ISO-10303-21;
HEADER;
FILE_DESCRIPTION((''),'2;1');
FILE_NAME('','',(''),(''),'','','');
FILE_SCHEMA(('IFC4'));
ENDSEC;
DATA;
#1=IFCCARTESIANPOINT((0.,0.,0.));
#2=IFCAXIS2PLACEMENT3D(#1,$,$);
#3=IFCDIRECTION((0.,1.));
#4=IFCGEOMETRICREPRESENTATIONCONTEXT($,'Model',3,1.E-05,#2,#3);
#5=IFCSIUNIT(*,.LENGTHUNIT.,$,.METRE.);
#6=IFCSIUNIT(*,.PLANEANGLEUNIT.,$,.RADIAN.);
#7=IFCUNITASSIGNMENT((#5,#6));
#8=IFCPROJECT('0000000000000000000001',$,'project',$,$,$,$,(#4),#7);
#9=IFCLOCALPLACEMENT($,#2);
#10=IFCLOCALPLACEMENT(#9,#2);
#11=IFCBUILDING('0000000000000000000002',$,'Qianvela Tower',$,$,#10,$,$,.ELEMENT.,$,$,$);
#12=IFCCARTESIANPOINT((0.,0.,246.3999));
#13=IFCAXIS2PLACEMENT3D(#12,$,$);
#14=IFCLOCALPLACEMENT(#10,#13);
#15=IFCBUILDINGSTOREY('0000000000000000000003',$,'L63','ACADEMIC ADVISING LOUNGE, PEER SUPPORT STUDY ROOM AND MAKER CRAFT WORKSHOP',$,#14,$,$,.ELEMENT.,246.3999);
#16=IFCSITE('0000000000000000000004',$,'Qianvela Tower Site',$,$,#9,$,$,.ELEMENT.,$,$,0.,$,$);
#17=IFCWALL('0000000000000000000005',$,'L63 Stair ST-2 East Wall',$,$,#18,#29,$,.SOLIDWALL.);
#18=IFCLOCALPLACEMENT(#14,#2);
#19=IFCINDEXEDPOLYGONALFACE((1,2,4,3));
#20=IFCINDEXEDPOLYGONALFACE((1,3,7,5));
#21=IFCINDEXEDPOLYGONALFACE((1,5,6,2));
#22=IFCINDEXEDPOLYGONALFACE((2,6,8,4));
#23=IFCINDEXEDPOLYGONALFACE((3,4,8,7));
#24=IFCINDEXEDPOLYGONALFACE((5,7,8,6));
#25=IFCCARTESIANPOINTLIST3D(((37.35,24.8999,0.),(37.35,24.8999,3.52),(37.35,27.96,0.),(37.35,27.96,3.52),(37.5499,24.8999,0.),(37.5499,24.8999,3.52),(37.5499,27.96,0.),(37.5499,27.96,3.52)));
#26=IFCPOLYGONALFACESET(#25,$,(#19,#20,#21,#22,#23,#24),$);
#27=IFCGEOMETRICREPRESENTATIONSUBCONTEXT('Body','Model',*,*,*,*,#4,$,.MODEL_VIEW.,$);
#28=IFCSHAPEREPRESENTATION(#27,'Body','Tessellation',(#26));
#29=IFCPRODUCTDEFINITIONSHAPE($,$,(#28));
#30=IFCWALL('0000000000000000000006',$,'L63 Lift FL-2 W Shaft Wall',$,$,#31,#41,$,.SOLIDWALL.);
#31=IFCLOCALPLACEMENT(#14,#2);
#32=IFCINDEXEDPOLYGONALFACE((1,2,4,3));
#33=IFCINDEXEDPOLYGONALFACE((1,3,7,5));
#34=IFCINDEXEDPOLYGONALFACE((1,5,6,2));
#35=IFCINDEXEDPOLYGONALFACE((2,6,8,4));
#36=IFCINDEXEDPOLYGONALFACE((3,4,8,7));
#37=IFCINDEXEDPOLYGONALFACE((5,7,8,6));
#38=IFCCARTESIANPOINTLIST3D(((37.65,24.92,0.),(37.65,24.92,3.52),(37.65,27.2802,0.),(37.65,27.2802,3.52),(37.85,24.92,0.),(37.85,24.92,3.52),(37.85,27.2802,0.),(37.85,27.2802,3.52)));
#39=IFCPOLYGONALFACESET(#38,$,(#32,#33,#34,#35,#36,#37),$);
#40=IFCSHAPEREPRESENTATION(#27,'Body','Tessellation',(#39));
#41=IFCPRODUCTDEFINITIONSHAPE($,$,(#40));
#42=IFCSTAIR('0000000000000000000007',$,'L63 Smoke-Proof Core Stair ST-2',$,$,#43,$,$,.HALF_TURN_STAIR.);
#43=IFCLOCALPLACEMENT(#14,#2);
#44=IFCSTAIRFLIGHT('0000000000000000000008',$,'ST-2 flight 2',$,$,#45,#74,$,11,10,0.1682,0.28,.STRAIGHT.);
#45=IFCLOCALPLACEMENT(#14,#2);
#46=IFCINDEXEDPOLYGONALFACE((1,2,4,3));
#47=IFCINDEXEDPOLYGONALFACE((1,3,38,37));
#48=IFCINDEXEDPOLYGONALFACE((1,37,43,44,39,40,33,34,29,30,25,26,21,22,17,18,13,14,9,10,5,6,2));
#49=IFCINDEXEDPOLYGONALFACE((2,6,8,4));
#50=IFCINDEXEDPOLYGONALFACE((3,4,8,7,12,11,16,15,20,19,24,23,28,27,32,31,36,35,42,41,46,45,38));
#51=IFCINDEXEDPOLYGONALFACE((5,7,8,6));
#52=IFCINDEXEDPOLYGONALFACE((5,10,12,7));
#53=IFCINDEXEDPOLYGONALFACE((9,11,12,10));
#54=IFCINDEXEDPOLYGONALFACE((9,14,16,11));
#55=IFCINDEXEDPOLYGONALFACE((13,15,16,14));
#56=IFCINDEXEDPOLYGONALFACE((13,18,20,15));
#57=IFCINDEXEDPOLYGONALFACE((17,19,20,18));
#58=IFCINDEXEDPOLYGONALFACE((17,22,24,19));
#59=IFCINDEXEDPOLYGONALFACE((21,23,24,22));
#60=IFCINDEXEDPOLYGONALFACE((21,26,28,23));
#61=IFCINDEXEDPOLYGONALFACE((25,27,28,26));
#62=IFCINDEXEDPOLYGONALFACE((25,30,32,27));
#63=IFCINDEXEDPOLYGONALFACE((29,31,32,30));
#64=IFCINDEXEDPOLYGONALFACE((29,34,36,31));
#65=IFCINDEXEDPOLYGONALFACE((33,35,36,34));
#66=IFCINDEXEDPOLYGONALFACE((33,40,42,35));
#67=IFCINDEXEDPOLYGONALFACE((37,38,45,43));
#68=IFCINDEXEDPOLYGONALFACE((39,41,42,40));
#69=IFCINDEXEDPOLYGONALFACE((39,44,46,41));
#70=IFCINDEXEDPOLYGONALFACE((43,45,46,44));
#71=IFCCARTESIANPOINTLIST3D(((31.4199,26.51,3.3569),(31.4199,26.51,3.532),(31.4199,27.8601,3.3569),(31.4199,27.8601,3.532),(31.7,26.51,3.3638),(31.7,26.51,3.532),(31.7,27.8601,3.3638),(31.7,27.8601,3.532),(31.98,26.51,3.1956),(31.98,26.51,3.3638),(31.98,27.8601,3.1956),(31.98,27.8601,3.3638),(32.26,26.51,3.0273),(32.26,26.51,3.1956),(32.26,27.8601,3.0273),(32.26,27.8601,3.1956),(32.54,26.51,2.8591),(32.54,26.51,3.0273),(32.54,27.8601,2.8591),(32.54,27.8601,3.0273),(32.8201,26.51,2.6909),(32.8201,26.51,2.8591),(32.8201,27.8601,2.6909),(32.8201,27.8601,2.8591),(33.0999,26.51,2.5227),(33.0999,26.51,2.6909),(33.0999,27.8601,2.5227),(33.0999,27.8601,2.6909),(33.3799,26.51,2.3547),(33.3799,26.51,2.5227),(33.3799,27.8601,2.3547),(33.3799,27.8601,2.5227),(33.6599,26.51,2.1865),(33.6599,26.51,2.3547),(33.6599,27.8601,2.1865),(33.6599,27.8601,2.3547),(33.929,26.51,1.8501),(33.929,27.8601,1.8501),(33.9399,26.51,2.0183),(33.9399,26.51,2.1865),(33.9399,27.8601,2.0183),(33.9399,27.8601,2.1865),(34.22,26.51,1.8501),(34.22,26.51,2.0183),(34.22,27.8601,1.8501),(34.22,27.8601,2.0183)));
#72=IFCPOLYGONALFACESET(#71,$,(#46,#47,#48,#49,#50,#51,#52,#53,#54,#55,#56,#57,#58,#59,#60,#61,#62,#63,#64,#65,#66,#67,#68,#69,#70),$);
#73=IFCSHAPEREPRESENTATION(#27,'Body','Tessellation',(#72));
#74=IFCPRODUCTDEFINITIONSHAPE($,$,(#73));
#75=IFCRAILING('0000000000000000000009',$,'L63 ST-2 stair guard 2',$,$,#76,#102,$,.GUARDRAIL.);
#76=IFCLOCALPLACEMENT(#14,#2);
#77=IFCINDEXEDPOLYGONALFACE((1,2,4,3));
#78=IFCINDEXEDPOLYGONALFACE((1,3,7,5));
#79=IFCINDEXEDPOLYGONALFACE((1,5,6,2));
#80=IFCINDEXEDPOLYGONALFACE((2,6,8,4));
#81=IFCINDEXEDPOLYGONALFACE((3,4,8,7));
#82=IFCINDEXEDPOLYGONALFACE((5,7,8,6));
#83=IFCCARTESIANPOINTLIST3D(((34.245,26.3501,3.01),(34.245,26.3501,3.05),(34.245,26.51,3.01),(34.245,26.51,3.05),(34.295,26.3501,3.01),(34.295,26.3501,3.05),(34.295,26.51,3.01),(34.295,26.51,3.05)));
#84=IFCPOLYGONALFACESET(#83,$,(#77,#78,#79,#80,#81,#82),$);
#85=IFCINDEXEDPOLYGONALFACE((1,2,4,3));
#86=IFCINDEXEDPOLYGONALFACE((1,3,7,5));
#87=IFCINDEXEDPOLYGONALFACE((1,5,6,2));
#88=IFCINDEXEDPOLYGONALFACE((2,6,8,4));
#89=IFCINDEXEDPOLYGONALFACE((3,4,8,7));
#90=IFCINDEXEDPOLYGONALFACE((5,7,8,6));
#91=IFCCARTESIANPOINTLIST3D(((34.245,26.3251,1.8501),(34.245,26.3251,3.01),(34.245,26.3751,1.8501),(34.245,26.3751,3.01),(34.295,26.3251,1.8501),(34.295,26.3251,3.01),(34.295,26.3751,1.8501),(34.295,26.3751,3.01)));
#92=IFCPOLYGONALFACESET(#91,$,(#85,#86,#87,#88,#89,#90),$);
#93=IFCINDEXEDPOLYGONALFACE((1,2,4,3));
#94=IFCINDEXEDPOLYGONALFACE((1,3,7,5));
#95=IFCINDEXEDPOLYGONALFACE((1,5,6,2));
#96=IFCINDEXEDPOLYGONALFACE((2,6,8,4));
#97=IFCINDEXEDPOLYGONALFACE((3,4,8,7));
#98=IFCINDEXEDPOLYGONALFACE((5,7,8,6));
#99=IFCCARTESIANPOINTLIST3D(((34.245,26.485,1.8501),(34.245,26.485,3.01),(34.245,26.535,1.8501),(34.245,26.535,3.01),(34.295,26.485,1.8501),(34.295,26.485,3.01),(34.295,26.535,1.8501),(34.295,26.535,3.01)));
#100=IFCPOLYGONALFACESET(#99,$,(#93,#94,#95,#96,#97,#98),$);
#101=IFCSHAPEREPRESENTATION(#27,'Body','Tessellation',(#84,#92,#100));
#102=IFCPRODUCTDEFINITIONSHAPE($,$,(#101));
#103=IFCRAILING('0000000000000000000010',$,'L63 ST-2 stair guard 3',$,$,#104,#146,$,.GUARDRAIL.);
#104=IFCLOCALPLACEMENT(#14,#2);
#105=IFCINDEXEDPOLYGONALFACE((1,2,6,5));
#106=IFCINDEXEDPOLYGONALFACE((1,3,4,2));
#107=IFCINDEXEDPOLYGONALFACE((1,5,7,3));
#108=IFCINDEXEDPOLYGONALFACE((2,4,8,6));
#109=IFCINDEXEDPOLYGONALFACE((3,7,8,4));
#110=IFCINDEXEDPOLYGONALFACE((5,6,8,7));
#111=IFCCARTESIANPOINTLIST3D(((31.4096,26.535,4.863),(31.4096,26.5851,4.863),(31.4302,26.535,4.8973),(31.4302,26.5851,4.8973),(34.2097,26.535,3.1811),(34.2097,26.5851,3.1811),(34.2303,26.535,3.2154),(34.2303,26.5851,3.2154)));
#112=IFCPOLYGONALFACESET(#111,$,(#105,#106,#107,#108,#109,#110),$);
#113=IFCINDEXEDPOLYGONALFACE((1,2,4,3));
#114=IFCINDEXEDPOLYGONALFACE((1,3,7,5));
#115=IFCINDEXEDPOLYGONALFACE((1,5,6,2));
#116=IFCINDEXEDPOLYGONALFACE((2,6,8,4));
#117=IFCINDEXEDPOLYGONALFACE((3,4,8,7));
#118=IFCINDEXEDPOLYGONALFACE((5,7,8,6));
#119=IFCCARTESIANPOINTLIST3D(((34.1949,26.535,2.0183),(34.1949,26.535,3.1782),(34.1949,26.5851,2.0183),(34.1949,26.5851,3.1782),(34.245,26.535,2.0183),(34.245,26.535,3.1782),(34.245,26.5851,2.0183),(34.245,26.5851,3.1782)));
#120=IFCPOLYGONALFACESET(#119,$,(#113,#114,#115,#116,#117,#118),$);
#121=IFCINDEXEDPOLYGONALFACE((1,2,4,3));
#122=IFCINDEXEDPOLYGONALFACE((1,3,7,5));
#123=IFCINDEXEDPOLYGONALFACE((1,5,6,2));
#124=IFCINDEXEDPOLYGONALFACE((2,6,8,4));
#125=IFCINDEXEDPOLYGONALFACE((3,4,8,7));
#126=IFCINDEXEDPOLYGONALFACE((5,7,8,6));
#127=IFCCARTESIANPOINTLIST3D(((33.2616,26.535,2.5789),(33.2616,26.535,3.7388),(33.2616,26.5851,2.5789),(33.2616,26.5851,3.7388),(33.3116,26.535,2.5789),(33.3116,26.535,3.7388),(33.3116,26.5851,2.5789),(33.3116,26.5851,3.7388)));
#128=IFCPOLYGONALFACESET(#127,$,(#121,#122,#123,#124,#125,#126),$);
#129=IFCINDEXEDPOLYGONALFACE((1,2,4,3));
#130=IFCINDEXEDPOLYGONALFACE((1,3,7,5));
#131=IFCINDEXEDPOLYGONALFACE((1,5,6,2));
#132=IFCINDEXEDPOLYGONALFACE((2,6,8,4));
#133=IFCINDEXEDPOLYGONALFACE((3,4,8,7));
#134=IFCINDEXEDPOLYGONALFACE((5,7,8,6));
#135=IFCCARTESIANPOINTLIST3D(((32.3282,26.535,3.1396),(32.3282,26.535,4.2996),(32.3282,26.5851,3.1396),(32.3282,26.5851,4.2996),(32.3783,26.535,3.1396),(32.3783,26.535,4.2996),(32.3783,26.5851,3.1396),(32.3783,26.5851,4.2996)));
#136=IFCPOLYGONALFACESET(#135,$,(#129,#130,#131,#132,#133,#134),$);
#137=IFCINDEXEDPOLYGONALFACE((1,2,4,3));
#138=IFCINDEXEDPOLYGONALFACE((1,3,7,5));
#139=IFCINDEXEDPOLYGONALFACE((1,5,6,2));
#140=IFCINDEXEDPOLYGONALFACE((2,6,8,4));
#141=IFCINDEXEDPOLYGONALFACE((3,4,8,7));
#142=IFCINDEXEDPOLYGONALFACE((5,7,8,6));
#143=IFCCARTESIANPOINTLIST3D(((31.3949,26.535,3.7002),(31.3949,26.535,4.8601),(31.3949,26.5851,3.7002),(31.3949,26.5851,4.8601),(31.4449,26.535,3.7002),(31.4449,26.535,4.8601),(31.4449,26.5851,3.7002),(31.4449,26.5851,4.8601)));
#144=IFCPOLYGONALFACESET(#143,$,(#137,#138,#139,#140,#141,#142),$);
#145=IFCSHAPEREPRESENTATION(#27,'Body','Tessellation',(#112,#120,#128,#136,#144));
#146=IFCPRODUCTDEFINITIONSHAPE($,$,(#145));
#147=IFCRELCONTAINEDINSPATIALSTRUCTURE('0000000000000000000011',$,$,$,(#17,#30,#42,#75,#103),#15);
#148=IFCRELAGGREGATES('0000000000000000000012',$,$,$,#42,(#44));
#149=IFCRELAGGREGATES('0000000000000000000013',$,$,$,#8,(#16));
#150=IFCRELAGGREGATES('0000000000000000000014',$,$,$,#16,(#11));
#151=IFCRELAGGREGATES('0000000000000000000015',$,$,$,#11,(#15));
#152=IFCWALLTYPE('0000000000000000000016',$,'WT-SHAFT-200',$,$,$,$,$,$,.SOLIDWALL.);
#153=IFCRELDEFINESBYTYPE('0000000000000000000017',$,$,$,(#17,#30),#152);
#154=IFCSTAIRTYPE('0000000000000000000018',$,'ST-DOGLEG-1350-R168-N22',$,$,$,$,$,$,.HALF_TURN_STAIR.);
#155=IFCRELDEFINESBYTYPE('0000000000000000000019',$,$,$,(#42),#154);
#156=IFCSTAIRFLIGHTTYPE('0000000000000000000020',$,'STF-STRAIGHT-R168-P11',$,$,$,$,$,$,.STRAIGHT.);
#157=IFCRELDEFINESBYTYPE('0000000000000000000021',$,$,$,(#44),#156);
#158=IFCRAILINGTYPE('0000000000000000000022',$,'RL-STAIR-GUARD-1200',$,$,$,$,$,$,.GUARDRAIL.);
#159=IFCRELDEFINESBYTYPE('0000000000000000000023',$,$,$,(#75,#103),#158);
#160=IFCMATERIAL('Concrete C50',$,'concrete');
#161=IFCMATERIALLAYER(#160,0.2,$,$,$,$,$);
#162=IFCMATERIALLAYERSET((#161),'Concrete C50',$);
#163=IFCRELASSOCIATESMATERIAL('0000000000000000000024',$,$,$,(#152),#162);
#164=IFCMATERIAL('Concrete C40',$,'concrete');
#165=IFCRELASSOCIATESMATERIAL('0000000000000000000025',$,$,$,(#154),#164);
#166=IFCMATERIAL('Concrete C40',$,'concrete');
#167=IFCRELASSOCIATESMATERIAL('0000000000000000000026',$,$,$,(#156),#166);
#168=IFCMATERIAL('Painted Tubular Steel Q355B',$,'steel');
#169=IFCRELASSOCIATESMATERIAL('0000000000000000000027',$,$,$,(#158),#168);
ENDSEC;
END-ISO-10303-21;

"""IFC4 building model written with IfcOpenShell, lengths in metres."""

from ifc_helpers import new_model, si_unit, direction, frame, frame_2d, origin, origin_2d, place, context, subcontext, project, spatial, polyline, rectangle, outline, extrude, material, layer, layer_set, type_object, element, aggregate, save


model = new_model("IFC4")

# Units and contexts
model_context = context("Model", 3, precision=1e-05, world=origin(), true_north=direction((0.0, 1.0)))
body_context = subcontext(model_context, "Body", "Model", "MODEL_VIEW")
ifc_project = project(units=[si_unit("LENGTHUNIT", "METRE"), si_unit("PLANEANGLEUNIT", "RADIAN")], contexts=[model_context])

# Site, building, storey
site_placement = place(None, origin())
site = spatial("IfcSite", under=ifc_project, at=site_placement, Name="Qianvela Tower Site", CompositionType="ELEMENT", RefElevation=0.0)
building_placement = place(site_placement, origin())
building = spatial("IfcBuilding", under=site, at=building_placement, Name="Qianvela Tower", CompositionType="ELEMENT")
storey_placement = place(building_placement, frame((0.0, 0.0, 246.3999)))
storey = spatial("IfcBuildingStorey", under=building, at=storey_placement, Name="L63", Description="ACADEMIC ADVISING LOUNGE, PEER SUPPORT STUDY ROOM AND MAKER CRAFT WORKSHOP", CompositionType="ELEMENT", Elevation=246.3999)

# Wall
ifc_material_1 = material(Name="Concrete C50", Category="concrete")
ifc_layer_1 = layer(ifc_material_1, 0.2)
ifc_layer_set_1 = layer_set([ifc_layer_1], Name="Concrete C50")
wall_type_1 = type_object("IfcWallType", Name="WT-SHAFT-200", PredefinedType="SOLIDWALL", material=ifc_layer_set_1)
wall_1_placement = place(storey_placement, frame((37.45, 24.8999, 0.0), z_axis=(0.0, 0.0, 1.0), x_axis=(0.0, 1.0, 0.0)))
element("IfcWall", 1, at=wall_1_placement, inside=storey, type_object=wall_type_1, Name="L63 Stair ST-2 East Wall", PredefinedType="SOLIDWALL", context=body_context, shape_type="SweptSolid", body=[
    extrude(rectangle(XDim=3.0601, YDim=0.2, at=frame_2d((1.53, 0.0))), origin(), (0.0, 0.0, 1.0), 3.52),
])

# Wall
wall_2_placement = place(storey_placement, frame((37.75, 24.9199, 0.0), z_axis=(0.0, 0.0, 1.0), x_axis=(0.0, 1.0, 0.0)))
element("IfcWall", 2, at=wall_2_placement, inside=storey, type_object=wall_type_1, Name="L63 Lift FL-2 W Shaft Wall", PredefinedType="SOLIDWALL", context=body_context, shape_type="SweptSolid", body=[
    extrude(rectangle(XDim=2.3601, YDim=0.2, at=frame_2d((1.1802, 0.0))), origin(), (0.0, 0.0, 1.0), 3.52),
])

# Stair, stair flight
ifc_material_2 = material(Name="Concrete C40", Category="concrete")
stair_type = type_object("IfcStairType", Name="ST-DOGLEG-1350-R168-N22", PredefinedType="HALF_TURN_STAIR", material=ifc_material_2)
stair_placement = place(storey_placement, origin())
stair = element("IfcStair", 3, at=stair_placement, inside=storey, type_object=stair_type, Name="L63 Smoke-Proof Core Stair ST-2", PredefinedType="HALF_TURN_STAIR")
ifc_material_3 = material(Name="Concrete C40", Category="concrete")
stair_flight_type = type_object("IfcStairFlightType", Name="STF-STRAIGHT-R168-P11", PredefinedType="STRAIGHT", material=ifc_material_3)
stair_flight_placement = place(storey_placement, frame((34.22, 27.1851, 1.8501), z_axis=(0.0, 0.0, 1.0), x_axis=(-1.0, 0.0, 0.0)))
stair_flight = element("IfcStairFlight", 4, at=stair_flight_placement, type_object=stair_flight_type, Name="ST-2 flight 2", NumberOfRisers=11, NumberOfTreads=10, PredefinedType="STRAIGHT", RiserHeight=0.1682, TreadLength=0.28, context=body_context, shape_type="SweptSolid", body=[
    extrude(outline(polyline([(0.0, 0.0), (0.0, 0.1682), (0.28, 0.1682), (0.28, 0.3364), (0.5601, 0.3364), (0.5601, 0.5046), (0.8401, 0.5046), (0.8401, 0.6726), (1.1201, 0.6726), (1.1201, 0.8408), (1.3999, 0.8408), (1.3999, 1.009), (1.6799, 1.009), (1.6799, 1.1772), (1.96, 1.1772), (1.96, 1.3455), (2.24, 1.3455), (2.24, 1.5137), (2.52, 1.5137), (2.52, 1.6819), (2.8, 1.6819), (2.8, 1.8501), (2.8, 1.5068), (0.291, 0.0), (0.0, 0.0)])), frame((0.0, 0.675, 0.0), z_axis=(0.0, -1.0, 0.0), x_axis=(1.0, 0.0, 0.0)), (0.0, 0.0, 1.0), 1.3501),
])
aggregate(stair, [stair_flight])

# Railings
ifc_material_4 = material(Name="Painted Tubular Steel Q355B", Category="steel")
railing_type = type_object("IfcRailingType", Name="RL-STAIR-GUARD-1200", PredefinedType="GUARDRAIL", material=ifc_material_4)
railing_1_placement = place(storey_placement, frame((34.27, 26.3501, 1.8501)))
element("IfcRailing", 5, at=railing_1_placement, inside=storey, type_object=railing_type, Name="L63 ST-2 stair guard 2", PredefinedType="GUARDRAIL", context=body_context, shape_type="SweptSolid", body=[
    extrude(rectangle(XDim=0.05, YDim=0.04, at=origin_2d()), frame((0.0, 0.0, 1.1799), z_axis=(0.0, 1.0, 0.0), x_axis=(-1.0, 0.0, 0.0)), (0.0, 0.0, 1.0), 0.1599),
    extrude(rectangle(XDim=0.05, YDim=0.05, at=origin_2d()), origin(), (0.0, 0.0, 1.0), 1.1599),
    extrude(rectangle(XDim=0.05, YDim=0.05, at=origin_2d()), frame((0.0, 0.1599, 0.0)), (0.0, 0.0, 1.0), 1.1599),
])
railing_2_placement = place(storey_placement, frame((34.22, 26.5601, 2.0183)))
element("IfcRailing", 6, at=railing_2_placement, inside=storey, type_object=railing_type, Name="L63 ST-2 stair guard 3", PredefinedType="GUARDRAIL", context=body_context, shape_type="SweptSolid", body=[
    extrude(rectangle(XDim=0.05, YDim=0.04, at=origin_2d()), frame((0.0, 0.0, 1.1799), z_axis=(-0.857242, 0.0, 0.514913), x_axis=(0.0, -1.0, 0.0)), (0.0, 0.0, 1.0), 3.2664),
    extrude(rectangle(XDim=0.05, YDim=0.05, at=origin_2d()), origin(), (0.0, 0.0, 1.0), 1.1599),
    extrude(rectangle(XDim=0.05, YDim=0.05, at=origin_2d()), frame((-0.9333, 0.0, 0.5605)), (0.0, 0.0, 1.0), 1.1599),
    extrude(rectangle(XDim=0.05, YDim=0.05, at=origin_2d()), frame((-1.8667, 0.0, 1.1213)), (0.0, 0.0, 1.0), 1.1599),
    extrude(rectangle(XDim=0.05, YDim=0.05, at=origin_2d()), frame((-2.8, 0.0, 1.6819)), (0.0, 0.0, 1.0), 1.1599),
])

save(model, "model.ifc")
